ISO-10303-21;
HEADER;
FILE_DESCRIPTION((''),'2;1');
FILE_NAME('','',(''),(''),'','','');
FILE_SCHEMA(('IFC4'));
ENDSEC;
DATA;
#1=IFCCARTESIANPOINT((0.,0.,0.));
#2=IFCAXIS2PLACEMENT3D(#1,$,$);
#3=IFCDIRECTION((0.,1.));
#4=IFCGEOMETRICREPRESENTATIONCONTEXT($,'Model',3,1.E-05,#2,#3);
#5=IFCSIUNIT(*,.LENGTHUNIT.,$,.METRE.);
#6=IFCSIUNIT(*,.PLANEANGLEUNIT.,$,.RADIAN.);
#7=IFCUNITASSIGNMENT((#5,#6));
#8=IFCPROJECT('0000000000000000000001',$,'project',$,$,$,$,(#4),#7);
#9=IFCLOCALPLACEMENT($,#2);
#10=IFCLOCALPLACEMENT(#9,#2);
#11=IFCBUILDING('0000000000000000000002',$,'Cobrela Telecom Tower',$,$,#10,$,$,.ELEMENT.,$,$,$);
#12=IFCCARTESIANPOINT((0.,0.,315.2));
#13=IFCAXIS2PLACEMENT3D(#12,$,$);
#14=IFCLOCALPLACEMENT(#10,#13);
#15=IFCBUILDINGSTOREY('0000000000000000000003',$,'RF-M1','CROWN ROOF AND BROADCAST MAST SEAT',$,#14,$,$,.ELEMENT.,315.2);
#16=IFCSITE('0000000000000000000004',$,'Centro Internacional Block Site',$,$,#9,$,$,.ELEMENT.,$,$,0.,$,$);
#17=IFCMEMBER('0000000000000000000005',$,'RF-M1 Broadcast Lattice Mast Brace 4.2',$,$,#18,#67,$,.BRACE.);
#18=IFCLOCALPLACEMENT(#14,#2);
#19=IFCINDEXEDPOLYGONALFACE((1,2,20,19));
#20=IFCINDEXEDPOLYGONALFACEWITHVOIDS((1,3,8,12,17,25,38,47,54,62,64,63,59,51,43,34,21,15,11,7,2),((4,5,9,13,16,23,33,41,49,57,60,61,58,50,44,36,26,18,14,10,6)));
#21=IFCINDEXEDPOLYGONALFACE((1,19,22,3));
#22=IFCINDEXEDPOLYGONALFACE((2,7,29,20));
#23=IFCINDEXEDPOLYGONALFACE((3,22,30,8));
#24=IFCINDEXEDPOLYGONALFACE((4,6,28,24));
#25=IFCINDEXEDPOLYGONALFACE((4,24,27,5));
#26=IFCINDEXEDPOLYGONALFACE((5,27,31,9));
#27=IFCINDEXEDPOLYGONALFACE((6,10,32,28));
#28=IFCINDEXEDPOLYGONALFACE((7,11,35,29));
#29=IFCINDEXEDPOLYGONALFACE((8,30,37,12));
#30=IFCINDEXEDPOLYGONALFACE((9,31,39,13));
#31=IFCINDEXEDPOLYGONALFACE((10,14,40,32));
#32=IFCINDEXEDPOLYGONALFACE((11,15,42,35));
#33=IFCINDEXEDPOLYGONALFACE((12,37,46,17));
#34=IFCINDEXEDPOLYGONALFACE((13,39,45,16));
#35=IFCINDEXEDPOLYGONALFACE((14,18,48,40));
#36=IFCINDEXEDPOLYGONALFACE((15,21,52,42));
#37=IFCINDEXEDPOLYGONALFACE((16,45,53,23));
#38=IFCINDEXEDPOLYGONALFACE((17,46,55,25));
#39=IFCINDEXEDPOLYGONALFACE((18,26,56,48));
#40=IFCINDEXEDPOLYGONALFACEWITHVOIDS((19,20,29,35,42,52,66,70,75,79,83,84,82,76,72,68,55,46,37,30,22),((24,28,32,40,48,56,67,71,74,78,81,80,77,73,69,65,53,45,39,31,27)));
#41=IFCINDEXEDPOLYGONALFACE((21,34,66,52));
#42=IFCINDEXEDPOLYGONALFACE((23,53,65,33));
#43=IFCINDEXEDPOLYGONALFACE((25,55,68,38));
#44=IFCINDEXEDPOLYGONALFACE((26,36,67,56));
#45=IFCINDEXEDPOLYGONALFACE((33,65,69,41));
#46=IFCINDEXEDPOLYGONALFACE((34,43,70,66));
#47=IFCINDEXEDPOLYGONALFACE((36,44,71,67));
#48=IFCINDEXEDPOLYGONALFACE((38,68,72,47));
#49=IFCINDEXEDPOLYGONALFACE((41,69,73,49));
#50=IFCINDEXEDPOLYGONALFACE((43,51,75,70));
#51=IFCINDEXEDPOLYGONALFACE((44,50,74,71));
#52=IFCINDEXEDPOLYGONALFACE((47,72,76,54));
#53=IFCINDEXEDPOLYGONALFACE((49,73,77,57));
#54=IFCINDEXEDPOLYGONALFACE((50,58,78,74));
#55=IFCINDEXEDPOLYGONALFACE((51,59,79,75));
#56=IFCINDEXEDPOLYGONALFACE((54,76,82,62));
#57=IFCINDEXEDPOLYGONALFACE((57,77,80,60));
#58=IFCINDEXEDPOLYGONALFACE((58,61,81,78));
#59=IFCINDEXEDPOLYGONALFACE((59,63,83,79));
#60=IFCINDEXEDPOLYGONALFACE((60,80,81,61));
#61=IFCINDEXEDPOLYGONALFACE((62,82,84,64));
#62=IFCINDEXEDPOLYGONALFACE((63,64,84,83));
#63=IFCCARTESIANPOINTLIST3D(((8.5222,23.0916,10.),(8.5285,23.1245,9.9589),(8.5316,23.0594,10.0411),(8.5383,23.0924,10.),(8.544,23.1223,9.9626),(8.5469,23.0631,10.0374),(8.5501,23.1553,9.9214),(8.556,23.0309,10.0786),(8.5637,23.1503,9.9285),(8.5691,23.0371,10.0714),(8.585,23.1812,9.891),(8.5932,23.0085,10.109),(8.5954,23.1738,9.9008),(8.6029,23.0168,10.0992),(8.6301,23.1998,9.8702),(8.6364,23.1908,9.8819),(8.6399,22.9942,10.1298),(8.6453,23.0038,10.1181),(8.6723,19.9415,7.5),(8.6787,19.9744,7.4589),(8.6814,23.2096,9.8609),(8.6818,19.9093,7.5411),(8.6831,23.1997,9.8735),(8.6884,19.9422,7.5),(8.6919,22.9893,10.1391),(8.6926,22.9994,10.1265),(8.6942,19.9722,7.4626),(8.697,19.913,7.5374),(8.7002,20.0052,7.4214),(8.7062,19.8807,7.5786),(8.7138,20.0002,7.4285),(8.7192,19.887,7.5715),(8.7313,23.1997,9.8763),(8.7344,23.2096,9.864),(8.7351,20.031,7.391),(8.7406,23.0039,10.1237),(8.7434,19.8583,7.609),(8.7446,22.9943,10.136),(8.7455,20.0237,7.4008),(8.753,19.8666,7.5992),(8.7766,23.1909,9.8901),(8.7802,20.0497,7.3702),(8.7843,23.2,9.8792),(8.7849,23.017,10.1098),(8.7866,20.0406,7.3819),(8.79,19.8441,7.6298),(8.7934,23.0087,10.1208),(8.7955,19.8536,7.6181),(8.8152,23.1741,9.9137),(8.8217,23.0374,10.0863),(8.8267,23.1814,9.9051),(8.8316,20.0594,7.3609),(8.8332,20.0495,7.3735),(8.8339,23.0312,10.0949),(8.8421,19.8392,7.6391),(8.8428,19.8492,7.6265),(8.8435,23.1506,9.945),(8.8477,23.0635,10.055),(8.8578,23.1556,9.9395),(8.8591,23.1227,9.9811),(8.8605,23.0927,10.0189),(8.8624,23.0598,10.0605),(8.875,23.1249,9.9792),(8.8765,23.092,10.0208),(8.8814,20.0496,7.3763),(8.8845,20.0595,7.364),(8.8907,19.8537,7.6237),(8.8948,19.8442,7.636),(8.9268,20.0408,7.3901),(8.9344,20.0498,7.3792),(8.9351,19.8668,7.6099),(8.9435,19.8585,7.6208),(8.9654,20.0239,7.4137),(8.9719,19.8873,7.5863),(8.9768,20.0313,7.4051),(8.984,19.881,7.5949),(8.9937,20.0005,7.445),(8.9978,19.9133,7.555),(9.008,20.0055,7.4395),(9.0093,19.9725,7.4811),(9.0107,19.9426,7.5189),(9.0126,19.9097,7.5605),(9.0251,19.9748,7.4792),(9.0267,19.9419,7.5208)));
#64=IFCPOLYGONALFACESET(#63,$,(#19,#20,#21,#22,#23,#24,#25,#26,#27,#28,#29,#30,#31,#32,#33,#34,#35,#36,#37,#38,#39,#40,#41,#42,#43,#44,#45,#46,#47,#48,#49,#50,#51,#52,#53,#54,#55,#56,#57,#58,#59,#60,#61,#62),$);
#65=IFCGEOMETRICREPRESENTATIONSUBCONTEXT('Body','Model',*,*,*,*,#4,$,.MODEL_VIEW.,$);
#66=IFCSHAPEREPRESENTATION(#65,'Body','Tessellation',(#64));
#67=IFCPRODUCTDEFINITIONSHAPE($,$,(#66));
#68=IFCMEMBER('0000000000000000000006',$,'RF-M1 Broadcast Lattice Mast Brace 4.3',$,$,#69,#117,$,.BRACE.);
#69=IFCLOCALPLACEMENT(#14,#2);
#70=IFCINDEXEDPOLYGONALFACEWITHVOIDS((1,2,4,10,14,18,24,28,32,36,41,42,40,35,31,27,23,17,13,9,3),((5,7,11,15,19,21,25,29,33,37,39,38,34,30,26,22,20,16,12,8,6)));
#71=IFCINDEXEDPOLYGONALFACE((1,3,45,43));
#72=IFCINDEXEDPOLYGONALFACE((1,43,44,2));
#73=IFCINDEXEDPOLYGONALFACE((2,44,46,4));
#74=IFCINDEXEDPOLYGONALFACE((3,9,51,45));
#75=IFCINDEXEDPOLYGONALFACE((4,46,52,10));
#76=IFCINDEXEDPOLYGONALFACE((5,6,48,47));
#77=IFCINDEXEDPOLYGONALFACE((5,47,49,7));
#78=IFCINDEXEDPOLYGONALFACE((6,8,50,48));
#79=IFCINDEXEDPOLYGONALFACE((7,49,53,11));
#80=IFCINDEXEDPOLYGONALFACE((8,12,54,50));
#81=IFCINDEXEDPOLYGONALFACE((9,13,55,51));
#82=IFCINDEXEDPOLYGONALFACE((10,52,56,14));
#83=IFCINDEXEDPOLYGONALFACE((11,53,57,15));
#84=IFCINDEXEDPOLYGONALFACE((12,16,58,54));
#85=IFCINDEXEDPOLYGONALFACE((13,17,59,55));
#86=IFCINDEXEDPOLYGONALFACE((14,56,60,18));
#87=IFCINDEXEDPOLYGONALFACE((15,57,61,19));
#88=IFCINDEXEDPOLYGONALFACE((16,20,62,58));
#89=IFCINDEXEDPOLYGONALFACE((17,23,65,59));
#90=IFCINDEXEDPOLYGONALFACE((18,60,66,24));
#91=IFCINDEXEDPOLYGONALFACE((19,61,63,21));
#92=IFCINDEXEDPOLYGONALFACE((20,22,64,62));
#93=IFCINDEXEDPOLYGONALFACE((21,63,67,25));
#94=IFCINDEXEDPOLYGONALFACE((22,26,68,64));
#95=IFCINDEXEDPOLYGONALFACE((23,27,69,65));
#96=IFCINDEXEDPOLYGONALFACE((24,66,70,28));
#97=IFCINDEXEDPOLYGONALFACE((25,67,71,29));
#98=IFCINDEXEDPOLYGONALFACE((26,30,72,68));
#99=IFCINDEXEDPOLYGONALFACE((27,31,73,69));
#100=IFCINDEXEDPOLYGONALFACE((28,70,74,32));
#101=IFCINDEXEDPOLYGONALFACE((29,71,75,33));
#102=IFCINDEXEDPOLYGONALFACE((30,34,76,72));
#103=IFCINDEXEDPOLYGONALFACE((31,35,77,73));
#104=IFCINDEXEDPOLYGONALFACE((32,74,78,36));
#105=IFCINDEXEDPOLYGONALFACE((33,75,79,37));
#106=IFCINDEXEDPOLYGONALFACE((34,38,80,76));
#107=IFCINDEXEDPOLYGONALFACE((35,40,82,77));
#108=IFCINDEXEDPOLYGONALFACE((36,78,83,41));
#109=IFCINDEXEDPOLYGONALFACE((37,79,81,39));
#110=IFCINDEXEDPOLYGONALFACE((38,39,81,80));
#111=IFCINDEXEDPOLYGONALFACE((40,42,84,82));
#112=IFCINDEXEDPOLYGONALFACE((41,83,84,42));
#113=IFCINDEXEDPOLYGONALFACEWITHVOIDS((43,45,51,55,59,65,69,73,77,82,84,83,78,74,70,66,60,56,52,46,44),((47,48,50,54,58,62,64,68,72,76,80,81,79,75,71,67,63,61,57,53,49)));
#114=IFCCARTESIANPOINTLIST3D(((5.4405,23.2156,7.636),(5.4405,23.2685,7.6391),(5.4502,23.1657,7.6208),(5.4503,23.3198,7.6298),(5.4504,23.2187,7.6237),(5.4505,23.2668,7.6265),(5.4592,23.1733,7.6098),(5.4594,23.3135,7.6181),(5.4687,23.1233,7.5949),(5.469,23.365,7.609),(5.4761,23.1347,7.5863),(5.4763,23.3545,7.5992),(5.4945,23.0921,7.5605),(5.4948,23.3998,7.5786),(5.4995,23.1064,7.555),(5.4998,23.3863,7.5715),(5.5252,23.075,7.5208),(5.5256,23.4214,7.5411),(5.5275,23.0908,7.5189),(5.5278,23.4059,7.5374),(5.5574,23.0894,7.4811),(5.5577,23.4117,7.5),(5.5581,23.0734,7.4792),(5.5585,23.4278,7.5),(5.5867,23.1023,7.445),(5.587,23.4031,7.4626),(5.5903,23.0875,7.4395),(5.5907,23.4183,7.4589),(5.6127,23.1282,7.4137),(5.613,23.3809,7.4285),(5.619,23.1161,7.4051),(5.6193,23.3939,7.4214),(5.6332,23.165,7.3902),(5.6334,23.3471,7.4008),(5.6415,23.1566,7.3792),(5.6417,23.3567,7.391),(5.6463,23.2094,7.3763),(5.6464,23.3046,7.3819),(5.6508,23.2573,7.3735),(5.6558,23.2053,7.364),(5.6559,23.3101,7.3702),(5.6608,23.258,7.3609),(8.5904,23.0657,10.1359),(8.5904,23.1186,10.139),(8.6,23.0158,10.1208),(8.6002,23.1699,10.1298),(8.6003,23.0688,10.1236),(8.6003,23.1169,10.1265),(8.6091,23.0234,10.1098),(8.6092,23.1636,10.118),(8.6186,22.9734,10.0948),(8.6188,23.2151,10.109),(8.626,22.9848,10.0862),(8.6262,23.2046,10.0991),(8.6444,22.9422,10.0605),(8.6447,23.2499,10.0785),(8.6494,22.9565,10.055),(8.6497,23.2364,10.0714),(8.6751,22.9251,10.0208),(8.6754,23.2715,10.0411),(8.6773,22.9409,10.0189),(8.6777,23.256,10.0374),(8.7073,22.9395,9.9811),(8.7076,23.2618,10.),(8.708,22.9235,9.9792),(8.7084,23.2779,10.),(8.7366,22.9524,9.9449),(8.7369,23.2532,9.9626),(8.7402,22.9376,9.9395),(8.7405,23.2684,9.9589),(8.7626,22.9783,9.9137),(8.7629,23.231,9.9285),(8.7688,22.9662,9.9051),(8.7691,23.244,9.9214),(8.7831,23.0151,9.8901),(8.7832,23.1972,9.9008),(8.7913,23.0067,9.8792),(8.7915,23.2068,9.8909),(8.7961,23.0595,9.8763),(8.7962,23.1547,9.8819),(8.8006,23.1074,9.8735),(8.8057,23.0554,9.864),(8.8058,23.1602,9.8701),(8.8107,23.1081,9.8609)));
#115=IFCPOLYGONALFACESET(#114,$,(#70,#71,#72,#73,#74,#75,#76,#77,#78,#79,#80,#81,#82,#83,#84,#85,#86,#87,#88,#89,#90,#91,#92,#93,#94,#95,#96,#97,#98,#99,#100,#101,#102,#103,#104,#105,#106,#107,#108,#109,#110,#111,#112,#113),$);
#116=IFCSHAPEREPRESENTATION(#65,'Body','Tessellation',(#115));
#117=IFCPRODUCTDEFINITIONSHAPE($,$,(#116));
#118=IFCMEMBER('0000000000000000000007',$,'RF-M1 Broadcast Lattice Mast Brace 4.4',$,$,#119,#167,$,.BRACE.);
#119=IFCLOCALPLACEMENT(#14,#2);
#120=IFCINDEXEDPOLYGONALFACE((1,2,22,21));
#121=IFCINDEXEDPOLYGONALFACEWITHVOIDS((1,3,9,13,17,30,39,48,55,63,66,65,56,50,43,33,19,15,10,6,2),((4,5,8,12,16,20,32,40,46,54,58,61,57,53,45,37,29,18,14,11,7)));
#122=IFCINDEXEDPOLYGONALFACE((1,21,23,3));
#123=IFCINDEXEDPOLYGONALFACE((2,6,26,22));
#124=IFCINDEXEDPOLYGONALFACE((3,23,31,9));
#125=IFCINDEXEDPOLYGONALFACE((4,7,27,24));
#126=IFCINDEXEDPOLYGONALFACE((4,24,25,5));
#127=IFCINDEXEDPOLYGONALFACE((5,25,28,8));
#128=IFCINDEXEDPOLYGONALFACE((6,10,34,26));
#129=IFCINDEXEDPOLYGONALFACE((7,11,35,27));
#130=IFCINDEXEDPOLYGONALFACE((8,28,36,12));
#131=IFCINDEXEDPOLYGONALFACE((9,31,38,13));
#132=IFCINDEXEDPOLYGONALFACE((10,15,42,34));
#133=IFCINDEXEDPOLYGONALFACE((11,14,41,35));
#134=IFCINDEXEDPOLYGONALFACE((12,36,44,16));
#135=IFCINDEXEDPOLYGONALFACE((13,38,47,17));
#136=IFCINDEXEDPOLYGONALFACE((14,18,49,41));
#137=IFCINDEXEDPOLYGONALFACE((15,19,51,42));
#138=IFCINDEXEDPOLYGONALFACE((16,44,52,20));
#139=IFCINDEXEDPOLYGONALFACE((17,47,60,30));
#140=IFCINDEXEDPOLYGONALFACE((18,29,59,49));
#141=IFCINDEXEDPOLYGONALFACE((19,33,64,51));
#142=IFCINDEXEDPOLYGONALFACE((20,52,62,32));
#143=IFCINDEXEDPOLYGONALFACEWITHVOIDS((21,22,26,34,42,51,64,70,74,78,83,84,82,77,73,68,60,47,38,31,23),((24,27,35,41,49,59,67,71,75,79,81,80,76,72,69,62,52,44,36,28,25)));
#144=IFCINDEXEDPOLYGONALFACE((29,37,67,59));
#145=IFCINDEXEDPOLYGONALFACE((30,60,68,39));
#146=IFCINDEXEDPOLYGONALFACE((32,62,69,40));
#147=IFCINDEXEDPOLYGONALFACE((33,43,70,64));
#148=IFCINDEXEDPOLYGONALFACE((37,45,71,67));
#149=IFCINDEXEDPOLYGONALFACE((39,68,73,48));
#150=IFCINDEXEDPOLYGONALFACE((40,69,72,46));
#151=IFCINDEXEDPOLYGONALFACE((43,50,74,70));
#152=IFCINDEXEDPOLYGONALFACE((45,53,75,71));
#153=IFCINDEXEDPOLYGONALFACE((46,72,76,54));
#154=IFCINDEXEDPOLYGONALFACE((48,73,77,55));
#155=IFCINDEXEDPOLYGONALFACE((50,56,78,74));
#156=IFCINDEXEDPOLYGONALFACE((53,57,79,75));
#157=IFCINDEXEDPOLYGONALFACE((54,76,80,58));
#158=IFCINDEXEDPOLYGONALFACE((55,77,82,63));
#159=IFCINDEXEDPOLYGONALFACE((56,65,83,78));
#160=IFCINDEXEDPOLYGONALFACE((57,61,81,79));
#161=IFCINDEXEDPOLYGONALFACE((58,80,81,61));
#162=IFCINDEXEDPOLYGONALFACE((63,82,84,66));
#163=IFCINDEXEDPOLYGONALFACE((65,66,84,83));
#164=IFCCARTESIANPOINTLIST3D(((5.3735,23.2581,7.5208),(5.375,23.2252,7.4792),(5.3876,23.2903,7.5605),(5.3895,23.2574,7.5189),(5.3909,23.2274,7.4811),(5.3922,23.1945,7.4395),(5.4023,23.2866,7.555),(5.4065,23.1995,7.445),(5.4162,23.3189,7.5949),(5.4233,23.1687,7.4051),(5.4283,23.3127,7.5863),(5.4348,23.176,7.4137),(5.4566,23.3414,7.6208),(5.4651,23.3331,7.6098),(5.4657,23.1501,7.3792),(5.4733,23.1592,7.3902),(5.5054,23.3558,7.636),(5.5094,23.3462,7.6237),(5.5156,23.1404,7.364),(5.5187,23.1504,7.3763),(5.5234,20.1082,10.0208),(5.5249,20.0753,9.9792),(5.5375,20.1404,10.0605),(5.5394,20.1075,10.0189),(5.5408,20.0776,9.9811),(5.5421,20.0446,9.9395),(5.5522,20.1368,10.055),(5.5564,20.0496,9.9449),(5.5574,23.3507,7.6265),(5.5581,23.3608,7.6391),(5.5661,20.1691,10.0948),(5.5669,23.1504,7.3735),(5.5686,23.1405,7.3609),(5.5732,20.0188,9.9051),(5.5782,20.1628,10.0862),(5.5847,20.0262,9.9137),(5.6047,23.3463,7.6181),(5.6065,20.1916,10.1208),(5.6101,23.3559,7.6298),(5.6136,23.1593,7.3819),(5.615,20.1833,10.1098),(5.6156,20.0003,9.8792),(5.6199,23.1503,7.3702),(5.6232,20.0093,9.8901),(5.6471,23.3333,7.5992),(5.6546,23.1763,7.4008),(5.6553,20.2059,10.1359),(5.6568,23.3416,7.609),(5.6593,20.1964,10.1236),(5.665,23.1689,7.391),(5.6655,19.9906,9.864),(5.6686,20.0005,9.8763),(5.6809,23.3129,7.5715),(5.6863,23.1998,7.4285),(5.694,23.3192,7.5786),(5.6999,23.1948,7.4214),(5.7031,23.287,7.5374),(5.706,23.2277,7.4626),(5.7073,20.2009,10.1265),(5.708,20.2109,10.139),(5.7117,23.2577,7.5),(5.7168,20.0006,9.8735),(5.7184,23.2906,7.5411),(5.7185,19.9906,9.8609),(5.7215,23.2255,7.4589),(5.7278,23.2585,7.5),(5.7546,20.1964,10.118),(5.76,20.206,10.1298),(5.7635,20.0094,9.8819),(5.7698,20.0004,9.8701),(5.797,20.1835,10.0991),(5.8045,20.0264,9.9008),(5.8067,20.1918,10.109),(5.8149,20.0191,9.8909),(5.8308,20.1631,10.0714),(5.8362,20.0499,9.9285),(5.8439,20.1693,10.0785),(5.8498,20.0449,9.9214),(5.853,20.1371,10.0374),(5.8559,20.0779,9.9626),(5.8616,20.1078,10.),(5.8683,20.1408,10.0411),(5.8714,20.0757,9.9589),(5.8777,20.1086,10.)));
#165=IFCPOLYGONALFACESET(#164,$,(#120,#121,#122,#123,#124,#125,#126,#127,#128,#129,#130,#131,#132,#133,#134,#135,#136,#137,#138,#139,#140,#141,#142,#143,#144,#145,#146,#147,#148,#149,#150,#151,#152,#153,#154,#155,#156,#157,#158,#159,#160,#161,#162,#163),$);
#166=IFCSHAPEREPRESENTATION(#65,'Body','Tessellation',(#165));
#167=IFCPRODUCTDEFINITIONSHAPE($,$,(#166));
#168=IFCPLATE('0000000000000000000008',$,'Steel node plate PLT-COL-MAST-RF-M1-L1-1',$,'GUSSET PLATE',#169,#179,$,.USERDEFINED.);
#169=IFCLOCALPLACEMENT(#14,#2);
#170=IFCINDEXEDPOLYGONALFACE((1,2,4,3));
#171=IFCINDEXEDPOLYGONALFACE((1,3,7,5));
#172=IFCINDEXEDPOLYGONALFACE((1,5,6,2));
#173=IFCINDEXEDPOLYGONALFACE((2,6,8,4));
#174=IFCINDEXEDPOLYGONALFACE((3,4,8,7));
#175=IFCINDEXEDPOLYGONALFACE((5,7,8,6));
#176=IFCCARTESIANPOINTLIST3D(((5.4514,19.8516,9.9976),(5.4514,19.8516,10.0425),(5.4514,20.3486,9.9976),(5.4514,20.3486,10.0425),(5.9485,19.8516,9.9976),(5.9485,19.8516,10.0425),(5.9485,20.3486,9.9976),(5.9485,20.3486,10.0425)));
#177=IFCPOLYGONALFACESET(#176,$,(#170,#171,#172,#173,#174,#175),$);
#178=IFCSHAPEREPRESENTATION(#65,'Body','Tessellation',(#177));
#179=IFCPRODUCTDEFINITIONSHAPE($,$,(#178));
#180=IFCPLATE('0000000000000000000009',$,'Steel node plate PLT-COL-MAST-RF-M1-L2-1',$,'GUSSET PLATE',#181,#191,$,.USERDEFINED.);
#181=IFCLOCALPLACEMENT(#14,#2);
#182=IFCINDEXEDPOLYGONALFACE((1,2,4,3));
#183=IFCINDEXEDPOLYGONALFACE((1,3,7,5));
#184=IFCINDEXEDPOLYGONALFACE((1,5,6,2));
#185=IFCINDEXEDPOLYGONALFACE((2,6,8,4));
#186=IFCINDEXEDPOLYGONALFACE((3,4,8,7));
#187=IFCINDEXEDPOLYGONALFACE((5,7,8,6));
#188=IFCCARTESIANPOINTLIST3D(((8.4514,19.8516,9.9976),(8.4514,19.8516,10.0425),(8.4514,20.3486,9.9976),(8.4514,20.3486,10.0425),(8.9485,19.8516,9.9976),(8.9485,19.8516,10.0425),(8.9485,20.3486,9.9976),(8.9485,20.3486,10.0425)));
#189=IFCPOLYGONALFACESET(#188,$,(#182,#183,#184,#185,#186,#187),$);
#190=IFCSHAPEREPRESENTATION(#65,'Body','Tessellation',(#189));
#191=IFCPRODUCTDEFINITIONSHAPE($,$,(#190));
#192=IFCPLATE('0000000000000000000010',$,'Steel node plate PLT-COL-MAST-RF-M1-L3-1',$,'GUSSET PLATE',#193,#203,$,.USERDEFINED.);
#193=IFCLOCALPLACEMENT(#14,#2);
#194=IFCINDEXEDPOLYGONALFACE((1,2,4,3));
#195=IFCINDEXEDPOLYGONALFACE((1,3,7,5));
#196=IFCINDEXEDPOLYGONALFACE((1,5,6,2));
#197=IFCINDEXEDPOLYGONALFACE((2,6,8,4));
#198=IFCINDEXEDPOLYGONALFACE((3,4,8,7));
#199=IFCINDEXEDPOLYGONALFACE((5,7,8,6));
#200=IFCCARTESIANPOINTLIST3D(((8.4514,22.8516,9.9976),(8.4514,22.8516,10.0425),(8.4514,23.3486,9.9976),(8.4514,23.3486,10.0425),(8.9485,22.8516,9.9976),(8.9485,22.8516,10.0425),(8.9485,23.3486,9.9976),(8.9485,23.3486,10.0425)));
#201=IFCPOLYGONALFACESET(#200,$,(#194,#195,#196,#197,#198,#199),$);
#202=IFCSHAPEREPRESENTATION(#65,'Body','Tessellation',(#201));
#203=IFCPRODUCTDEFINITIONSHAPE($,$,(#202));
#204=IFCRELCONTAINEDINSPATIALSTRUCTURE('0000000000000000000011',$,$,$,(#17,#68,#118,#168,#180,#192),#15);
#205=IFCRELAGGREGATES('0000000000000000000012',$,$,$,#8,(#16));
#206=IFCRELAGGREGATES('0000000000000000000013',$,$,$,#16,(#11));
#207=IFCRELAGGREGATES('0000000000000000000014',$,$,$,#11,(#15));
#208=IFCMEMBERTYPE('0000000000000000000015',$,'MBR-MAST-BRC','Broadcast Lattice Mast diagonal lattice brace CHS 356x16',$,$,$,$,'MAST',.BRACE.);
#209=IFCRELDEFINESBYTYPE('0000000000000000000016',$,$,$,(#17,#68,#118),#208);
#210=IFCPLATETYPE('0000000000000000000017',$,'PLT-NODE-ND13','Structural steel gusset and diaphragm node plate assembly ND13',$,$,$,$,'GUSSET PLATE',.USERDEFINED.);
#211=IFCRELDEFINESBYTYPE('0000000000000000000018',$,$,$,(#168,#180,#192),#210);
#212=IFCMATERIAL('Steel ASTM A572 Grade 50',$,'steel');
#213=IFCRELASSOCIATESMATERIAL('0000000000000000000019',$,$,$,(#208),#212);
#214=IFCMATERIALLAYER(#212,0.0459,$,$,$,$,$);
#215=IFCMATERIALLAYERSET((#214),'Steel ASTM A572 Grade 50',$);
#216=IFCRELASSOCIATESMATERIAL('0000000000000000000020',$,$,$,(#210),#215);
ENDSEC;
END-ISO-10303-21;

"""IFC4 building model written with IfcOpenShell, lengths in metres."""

from ifc_helpers import new_model, si_unit, direction, frame, origin, origin_2d, place, context, subcontext, project, spatial, rectangle, hollow_circle, extrude, material, layer, layer_set, material_profile, profile_set, type_object, element, save


model = new_model("IFC4")

# Units and contexts
model_context = context("Model", 3, precision=1e-05, world=origin(), true_north=direction((0.0, 1.0)))
body_context = subcontext(model_context, "Body", "Model", "MODEL_VIEW")
ifc_project = project(units=[si_unit("LENGTHUNIT", "METRE"), si_unit("PLANEANGLEUNIT", "RADIAN")], contexts=[model_context])

# Site, building, storey
site_placement = place(None, origin())
site = spatial("IfcSite", under=ifc_project, at=site_placement, Name="Centro Internacional Block Site", CompositionType="ELEMENT", RefElevation=0.0)
building_placement = place(site_placement, origin())
building = spatial("IfcBuilding", under=site, at=building_placement, Name="Cobrela Telecom Tower", CompositionType="ELEMENT")
storey_placement = place(building_placement, frame((0.0, 0.0, 315.2)))
storey = spatial("IfcBuildingStorey", under=building, at=storey_placement, Name="RF-M1", Description="CROWN ROOF AND BROADCAST MAST SEAT", CompositionType="ELEMENT", Elevation=315.2)

# Shared definitions
ifc_material = material(Name="Steel ASTM A572 Grade 50", Category="steel")

# Members
ifc_material_profile_1 = material_profile(ifc_material, hollow_circle(Radius=0.178, WallThickness=0.0161, at=origin_2d()), Name="CHS 356x16")
ifc_profile_set_1 = profile_set([ifc_material_profile_1], Name="Steel ASTM A572 Grade 50")
member_type = type_object("IfcMemberType", Name="MBR-MAST-BRC", Description="Broadcast Lattice Mast diagonal lattice brace CHS 356x16", ElementType="MAST", PredefinedType="BRACE", material=ifc_profile_set_1)
for number, where, z_axis, x_axis, name in (
    (1, (8.8501, 19.95, 7.5), (-0.037309, 0.782758, 0.621207), (-0.998866, -0.047609, 0.0), "RF-M1 Broadcast Lattice Mast Brace 4.2"),
):
    element("IfcMember", number, at=place(storey_placement, frame(where, z_axis=z_axis, x_axis=x_axis)), inside=storey, type_object=member_type, Name=name, PredefinedType="BRACE", context=body_context, shape_type="SweptSolid", body=[
        extrude(hollow_circle(Radius=0.178, WallThickness=0.0161, at=origin_2d()), origin(), (0.0, 0.0, 1.0), 4.0244),
    ])
for number, where, z_axis, x_axis, name in (
    (2, (5.55, 23.25, 7.5), (0.782736, -0.03725, 0.621238), (0.047536, 0.99887, 0.0), "RF-M1 Broadcast Lattice Mast Brace 4.3"),
    (3, (5.55, 23.25, 7.5), (0.03725, -0.782736, 0.621238), (0.99887, 0.047536, 0.0), "RF-M1 Broadcast Lattice Mast Brace 4.4"),
):
    element("IfcMember", number, at=place(storey_placement, frame(where, z_axis=z_axis, x_axis=x_axis)), inside=storey, type_object=member_type, Name=name, PredefinedType="BRACE", context=body_context, shape_type="SweptSolid", body=[
        extrude(hollow_circle(Radius=0.178, WallThickness=0.0161, at=origin_2d()), origin(), (0.0, 0.0, 1.0), 4.0242),
    ])

# Plates
ifc_layer = layer(ifc_material, 0.0459)
ifc_layer_set = layer_set([ifc_layer], Name="Steel ASTM A572 Grade 50")
plate_type = type_object("IfcPlateType", Name="PLT-NODE-ND13", Description="Structural steel gusset and diaphragm node plate assembly ND13", ElementType="GUSSET PLATE", PredefinedType="USERDEFINED", material=ifc_layer_set)
for number, where, z_axis, x_axis, name in (
    (4, (5.7, 20.1001, 9.9976), (0.0, 0.0, 1.0), (1.0, 0.0, 0.0), "Steel node plate PLT-COL-MAST-RF-M1-L1-1"),
    (5, (8.7, 20.1001, 9.9976), (0.0, 0.0, 1.0), (1.0, 0.0, 0.0), "Steel node plate PLT-COL-MAST-RF-M1-L2-1"),
    (6, (8.7, 23.1001, 9.9976), (0.0, 0.0, 1.0), (1.0, 0.0, 0.0), "Steel node plate PLT-COL-MAST-RF-M1-L3-1"),
):
    element("IfcPlate", number, at=place(storey_placement, frame(where, z_axis=z_axis, x_axis=x_axis)), inside=storey, type_object=plate_type, Name=name, ObjectType="GUSSET PLATE", PredefinedType="USERDEFINED", context=body_context, shape_type="SweptSolid", body=[
        extrude(rectangle(XDim=0.4971, YDim=0.4971, at=origin_2d()), origin(), (0.0, 0.0, 1.0), 0.0449),
    ])

save(model, "model.ifc")
